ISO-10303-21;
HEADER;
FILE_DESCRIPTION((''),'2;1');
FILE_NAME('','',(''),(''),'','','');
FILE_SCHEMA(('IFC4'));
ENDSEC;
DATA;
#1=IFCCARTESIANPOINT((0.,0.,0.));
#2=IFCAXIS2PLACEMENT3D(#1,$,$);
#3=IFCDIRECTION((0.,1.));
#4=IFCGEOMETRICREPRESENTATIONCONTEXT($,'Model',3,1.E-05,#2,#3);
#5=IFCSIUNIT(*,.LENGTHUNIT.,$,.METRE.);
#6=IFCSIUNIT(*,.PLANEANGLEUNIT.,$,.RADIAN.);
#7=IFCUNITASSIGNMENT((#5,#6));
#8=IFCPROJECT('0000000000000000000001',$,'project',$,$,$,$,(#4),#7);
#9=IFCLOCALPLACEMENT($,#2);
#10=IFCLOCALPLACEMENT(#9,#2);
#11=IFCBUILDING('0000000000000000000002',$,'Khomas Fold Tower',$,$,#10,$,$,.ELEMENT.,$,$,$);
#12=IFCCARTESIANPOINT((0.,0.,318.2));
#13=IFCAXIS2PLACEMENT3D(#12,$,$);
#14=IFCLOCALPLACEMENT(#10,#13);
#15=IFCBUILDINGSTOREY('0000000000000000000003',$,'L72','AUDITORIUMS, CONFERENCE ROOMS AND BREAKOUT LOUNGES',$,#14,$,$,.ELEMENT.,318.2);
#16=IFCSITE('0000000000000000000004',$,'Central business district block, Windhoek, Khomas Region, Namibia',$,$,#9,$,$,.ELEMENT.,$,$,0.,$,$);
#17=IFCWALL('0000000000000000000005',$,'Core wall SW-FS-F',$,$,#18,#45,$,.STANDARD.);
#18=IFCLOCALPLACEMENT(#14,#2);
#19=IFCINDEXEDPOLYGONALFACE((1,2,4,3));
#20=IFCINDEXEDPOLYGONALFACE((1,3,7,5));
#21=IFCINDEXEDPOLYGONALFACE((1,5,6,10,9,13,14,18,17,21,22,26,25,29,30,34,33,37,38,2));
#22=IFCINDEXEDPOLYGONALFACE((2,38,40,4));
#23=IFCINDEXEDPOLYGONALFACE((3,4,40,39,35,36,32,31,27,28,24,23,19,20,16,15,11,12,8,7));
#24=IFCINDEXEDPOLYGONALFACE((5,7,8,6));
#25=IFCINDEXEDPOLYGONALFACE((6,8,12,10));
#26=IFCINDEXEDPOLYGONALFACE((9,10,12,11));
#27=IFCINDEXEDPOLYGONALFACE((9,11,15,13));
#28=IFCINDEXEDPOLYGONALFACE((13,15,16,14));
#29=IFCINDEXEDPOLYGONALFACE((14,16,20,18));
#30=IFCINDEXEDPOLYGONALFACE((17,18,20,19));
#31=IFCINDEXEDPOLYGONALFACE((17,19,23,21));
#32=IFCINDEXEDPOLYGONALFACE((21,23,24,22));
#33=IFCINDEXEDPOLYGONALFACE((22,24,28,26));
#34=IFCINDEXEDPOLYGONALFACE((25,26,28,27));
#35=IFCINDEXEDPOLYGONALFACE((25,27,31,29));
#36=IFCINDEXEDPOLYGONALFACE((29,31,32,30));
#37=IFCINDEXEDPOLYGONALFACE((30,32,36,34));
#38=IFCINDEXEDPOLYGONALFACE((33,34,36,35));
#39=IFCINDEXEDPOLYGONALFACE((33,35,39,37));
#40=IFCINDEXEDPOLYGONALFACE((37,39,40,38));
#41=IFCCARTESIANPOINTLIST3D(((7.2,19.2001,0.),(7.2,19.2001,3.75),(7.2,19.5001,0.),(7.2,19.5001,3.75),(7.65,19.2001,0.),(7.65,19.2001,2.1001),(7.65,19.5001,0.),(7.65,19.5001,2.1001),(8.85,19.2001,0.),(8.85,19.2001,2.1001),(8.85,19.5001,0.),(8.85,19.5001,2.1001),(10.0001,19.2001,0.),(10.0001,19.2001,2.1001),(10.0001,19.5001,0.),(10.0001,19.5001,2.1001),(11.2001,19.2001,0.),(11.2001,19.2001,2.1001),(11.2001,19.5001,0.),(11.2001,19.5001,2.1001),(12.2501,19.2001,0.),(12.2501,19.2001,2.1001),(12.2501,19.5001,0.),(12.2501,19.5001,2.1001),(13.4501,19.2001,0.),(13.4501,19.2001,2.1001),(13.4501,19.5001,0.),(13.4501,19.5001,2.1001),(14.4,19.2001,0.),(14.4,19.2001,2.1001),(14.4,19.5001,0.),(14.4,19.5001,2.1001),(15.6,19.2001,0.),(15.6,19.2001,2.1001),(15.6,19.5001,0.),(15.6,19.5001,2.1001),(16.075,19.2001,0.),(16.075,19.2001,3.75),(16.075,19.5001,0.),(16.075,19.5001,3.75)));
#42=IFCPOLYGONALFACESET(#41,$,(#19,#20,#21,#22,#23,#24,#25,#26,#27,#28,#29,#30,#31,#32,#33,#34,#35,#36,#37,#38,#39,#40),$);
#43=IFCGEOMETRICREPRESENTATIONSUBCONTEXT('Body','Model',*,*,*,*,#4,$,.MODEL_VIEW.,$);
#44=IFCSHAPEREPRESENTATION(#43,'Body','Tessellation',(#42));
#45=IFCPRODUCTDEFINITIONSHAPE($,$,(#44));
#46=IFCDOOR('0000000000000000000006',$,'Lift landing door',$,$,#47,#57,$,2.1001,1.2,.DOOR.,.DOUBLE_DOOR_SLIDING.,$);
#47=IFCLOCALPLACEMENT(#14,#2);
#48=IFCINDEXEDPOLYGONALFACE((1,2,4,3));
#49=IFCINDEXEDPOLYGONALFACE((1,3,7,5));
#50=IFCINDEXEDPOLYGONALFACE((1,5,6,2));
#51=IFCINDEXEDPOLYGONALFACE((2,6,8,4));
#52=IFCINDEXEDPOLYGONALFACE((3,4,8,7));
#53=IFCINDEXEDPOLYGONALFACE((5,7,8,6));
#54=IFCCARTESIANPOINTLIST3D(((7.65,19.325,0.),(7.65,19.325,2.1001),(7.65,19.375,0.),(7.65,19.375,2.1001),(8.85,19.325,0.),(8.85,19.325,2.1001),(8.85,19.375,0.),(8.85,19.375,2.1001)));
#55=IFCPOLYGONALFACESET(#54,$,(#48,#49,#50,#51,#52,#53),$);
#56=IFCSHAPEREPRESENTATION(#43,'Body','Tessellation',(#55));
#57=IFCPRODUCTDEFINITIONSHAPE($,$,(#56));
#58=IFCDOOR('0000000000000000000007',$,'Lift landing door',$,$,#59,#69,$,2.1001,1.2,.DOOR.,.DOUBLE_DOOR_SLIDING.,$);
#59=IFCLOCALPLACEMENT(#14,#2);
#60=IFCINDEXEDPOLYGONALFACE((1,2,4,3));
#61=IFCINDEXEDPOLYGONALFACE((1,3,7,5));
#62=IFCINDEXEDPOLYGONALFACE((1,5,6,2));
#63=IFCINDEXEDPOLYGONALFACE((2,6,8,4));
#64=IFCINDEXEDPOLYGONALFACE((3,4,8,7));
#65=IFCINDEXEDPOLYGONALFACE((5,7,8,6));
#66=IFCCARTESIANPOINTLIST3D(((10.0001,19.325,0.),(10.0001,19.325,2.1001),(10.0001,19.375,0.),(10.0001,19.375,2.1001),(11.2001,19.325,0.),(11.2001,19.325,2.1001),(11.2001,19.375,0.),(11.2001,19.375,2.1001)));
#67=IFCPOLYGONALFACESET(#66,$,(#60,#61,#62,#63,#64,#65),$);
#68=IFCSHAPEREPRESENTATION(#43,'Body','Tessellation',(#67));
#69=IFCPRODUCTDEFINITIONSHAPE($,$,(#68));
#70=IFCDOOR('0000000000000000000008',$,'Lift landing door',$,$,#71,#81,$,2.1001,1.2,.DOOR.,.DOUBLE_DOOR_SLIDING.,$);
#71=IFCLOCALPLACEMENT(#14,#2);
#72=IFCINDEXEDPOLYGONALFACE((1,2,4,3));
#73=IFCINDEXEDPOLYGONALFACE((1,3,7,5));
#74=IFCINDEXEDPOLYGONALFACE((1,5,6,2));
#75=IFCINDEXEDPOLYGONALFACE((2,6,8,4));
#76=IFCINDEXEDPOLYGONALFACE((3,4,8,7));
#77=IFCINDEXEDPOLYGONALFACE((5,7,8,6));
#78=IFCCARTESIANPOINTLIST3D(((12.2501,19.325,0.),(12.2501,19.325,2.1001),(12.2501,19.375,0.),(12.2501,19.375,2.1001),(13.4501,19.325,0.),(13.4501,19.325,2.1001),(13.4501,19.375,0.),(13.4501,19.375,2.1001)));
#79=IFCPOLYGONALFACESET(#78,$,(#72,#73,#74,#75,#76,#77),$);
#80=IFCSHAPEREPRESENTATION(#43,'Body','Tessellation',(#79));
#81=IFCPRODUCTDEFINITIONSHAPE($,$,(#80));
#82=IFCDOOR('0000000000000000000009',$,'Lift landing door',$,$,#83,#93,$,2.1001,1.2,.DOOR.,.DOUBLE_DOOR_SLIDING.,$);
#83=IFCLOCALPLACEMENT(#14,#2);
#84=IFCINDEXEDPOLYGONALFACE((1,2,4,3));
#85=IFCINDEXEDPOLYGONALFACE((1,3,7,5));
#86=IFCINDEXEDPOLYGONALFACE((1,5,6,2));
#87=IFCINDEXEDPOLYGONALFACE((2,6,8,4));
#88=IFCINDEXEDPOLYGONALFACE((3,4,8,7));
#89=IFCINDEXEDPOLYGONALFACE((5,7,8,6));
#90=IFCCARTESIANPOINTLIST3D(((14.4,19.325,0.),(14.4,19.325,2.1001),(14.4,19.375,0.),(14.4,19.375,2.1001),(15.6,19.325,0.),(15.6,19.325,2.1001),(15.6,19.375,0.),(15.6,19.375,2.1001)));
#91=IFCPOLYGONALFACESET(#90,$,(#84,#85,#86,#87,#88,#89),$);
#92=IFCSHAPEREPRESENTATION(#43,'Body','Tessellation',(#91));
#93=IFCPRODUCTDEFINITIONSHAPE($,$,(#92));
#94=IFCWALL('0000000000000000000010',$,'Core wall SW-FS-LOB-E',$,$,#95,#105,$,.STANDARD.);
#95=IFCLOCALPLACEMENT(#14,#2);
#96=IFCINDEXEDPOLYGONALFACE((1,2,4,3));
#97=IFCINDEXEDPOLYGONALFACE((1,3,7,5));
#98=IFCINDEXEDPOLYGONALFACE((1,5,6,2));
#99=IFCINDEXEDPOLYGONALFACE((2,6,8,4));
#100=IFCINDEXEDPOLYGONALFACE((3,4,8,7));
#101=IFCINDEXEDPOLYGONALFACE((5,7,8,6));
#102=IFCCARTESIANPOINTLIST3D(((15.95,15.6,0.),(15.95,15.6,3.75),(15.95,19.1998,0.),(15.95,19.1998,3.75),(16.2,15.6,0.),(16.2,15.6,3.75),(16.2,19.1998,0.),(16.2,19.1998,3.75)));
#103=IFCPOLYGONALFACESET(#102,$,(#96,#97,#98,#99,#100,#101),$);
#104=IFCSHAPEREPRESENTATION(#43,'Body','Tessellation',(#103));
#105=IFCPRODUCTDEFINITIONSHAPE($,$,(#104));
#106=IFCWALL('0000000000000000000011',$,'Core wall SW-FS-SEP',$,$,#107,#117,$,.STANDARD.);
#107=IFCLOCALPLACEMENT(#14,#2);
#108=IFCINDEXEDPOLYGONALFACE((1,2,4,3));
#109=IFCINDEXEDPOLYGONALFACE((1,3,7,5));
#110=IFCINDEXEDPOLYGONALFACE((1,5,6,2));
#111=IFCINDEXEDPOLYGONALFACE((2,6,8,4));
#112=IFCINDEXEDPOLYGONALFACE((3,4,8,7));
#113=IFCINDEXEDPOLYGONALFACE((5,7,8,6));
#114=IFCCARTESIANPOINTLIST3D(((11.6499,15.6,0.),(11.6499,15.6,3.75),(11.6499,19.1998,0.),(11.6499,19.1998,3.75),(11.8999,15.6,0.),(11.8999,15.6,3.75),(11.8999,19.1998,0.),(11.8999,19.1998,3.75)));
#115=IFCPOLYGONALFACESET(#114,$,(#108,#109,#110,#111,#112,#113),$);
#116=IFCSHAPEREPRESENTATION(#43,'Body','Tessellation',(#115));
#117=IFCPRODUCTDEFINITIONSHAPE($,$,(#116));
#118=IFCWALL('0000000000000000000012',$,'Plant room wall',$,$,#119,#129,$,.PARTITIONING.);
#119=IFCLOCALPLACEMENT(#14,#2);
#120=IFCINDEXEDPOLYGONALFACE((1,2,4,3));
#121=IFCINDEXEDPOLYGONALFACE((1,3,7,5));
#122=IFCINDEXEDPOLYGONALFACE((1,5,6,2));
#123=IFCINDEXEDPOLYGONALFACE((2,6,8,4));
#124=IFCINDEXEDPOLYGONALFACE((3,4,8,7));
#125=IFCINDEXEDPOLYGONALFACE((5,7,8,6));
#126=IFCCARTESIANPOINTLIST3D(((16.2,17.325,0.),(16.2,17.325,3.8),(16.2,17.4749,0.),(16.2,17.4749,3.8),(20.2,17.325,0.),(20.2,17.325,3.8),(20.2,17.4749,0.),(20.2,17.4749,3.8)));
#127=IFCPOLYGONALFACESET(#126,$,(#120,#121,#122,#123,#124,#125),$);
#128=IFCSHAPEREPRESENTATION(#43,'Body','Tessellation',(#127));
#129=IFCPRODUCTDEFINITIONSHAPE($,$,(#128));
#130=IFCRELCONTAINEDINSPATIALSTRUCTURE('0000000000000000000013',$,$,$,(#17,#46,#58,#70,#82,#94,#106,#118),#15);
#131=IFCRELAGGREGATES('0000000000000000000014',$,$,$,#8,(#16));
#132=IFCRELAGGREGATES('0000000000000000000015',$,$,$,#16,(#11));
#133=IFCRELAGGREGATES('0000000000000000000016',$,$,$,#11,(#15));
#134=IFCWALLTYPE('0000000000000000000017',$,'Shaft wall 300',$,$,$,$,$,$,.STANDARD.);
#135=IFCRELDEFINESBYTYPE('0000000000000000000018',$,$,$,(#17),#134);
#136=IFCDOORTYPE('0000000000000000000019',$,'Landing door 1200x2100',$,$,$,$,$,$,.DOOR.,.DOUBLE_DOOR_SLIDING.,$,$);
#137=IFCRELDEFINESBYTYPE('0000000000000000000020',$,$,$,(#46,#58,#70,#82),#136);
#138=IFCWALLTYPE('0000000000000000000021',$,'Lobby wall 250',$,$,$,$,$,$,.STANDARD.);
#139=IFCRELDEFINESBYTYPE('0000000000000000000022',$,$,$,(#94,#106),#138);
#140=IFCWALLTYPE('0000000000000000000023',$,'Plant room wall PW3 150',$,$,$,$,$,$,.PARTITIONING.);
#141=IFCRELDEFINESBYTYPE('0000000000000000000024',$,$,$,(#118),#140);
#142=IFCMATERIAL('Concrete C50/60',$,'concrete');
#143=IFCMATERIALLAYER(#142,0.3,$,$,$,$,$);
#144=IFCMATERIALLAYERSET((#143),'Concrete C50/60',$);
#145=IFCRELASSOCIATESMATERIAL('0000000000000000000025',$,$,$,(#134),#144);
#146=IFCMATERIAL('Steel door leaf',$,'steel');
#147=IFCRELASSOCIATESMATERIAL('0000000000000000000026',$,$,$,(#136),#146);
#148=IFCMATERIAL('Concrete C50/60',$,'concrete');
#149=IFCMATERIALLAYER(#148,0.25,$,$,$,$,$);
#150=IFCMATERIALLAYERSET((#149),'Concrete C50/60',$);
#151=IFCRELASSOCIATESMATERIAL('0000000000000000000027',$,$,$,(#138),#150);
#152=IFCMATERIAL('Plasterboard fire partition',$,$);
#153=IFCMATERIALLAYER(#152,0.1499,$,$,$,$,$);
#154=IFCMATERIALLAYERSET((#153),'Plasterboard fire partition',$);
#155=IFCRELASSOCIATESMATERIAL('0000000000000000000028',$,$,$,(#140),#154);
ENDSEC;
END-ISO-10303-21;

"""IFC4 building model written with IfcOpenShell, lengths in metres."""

from ifc_helpers import new_model, si_unit, direction, frame, frame_2d, origin, place, context, subcontext, project, spatial, rectangle, extrude, source, transform, mapped, material, layer, layer_set, type_object, element, fill, save


model = new_model("IFC4")

# Units and contexts
model_context = context("Model", 3, precision=1e-05, world=origin(), true_north=direction((0.0, 1.0)))
body_context = subcontext(model_context, "Body", "Model", "MODEL_VIEW")
ifc_project = project(units=[si_unit("LENGTHUNIT", "METRE"), si_unit("PLANEANGLEUNIT", "RADIAN")], contexts=[model_context])

# Site, building, storey
site_placement = place(None, origin())
site = spatial("IfcSite", under=ifc_project, at=site_placement, Name="Central business district block, Windhoek, Khomas Region, Namibia", CompositionType="ELEMENT", RefElevation=0.0)
building_placement = place(site_placement, origin())
building = spatial("IfcBuilding", under=site, at=building_placement, Name="Khomas Fold Tower", CompositionType="ELEMENT")
storey_placement = place(building_placement, frame((0.0, 0.0, 318.2)))
storey = spatial("IfcBuildingStorey", under=building, at=storey_placement, Name="L72", Description="AUDITORIUMS, CONFERENCE ROOMS AND BREAKOUT LOUNGES", CompositionType="ELEMENT", Elevation=318.2)

# Shared definitions
ifc_material_1 = material(Name="Concrete C50/60", Category="concrete")
ifc_layer_1 = layer(ifc_material_1, 0.3)
ifc_layer_set_1 = layer_set([ifc_layer_1], Name="Concrete C50/60")
wall_type_1 = type_object("IfcWallType", Name="Shaft wall 300", PredefinedType="STANDARD", material=ifc_layer_set_1)

# Wall, openings, doors
shared_shape_1 = source(origin(), body_context, "Body", "SweptSolid", [
    extrude(rectangle(XDim=8.875, YDim=0.3, at=frame_2d((4.4375, 0.0))), origin(), (0.0, 0.0, 1.0), 3.75),
])
wall_1_placement = place(storey_placement, frame((7.2, 19.3501, 0.0), z_axis=(0.0, 0.0, 1.0), x_axis=(1.0, 0.0, 0.0)))
wall_1 = element("IfcWall", 1, at=wall_1_placement, inside=storey, type_object=wall_type_1, Name="Core wall SW-FS-F", PredefinedType="STANDARD", context=body_context, shape_type="MappedRepresentation", body=[
    mapped(shared_shape_1, transform((0.0, 0.0, 0.0))),
])
shared_shape_2 = source(origin(), body_context, "Body", "SweptSolid", [
    extrude(rectangle(XDim=1.2, YDim=2.1001, at=frame_2d((0.6001, 1.05))), frame((0.0, 0.1599, 0.0), z_axis=(0.0, -1.0, 0.0), x_axis=(1.0, 0.0, 0.0)), (0.0, 0.0, 1.0), 0.3201),
])
opening_1_placement = place(wall_1_placement, frame((0.45, 0.0, 0.0)))
opening_1 = element("IfcOpeningElement", 2, at=opening_1_placement, cuts=wall_1, PredefinedType="OPENING", context=body_context, shape_type="MappedRepresentation", body=[
    mapped(shared_shape_2, transform((0.0, 0.0, 0.0))),
])
opening_2_placement = place(wall_1_placement, frame((2.8, 0.0, 0.0)))
opening_2 = element("IfcOpeningElement", 3, at=opening_2_placement, cuts=wall_1, PredefinedType="OPENING", context=body_context, shape_type="MappedRepresentation", body=[
    mapped(shared_shape_2, transform((0.0, 0.0, 0.0))),
])
opening_3_placement = place(wall_1_placement, frame((5.05, 0.0, 0.0)))
opening_3 = element("IfcOpeningElement", 4, at=opening_3_placement, cuts=wall_1, PredefinedType="OPENING", context=body_context, shape_type="MappedRepresentation", body=[
    mapped(shared_shape_2, transform((0.0, 0.0, 0.0))),
])
opening_4_placement = place(wall_1_placement, frame((7.2, 0.0, 0.0)))
opening_4 = element("IfcOpeningElement", 5, at=opening_4_placement, cuts=wall_1, PredefinedType="OPENING", context=body_context, shape_type="MappedRepresentation", body=[
    mapped(shared_shape_2, transform((0.0, 0.0, 0.0))),
])
ifc_material_2 = material(Name="Steel door leaf", Category="steel")
door_type_1 = type_object("IfcDoorType", Name="Landing door 1200x2100", OperationType="DOUBLE_DOOR_SLIDING", PredefinedType="DOOR", material=ifc_material_2)
shared_shape_3 = source(origin(), body_context, "Body", "SweptSolid", [
    extrude(rectangle(XDim=1.2, YDim=2.1001, at=frame_2d((0.6001, 1.05))), frame((0.0, 0.0249, 0.0), z_axis=(0.0, -1.0, 0.0), x_axis=(1.0, 0.0, 0.0)), (0.0, 0.0, 1.0), 0.05),
])
door_1_placement = place(opening_1_placement, origin())
door_1 = element("IfcDoor", 6, at=door_1_placement, inside=storey, type_object=door_type_1, Name="Lift landing door", OperationType="DOUBLE_DOOR_SLIDING", OverallHeight=2.1001, OverallWidth=1.2, PredefinedType="DOOR", context=body_context, shape_type="MappedRepresentation", body=[
    mapped(shared_shape_3, transform((0.0, 0.0, 0.0))),
])
fill(opening_1, door_1)
door_2_placement = place(opening_2_placement, origin())
door_2 = element("IfcDoor", 7, at=door_2_placement, inside=storey, type_object=door_type_1, Name="Lift landing door", OperationType="DOUBLE_DOOR_SLIDING", OverallHeight=2.1001, OverallWidth=1.2, PredefinedType="DOOR", context=body_context, shape_type="MappedRepresentation", body=[
    mapped(shared_shape_3, transform((0.0, 0.0, 0.0))),
])
fill(opening_2, door_2)
door_3_placement = place(opening_3_placement, origin())
door_3 = element("IfcDoor", 8, at=door_3_placement, inside=storey, type_object=door_type_1, Name="Lift landing door", OperationType="DOUBLE_DOOR_SLIDING", OverallHeight=2.1001, OverallWidth=1.2, PredefinedType="DOOR", context=body_context, shape_type="MappedRepresentation", body=[
    mapped(shared_shape_3, transform((0.0, 0.0, 0.0))),
])
fill(opening_3, door_3)
door_4_placement = place(opening_4_placement, origin())
door_4 = element("IfcDoor", 9, at=door_4_placement, inside=storey, type_object=door_type_1, Name="Lift landing door", OperationType="DOUBLE_DOOR_SLIDING", OverallHeight=2.1001, OverallWidth=1.2, PredefinedType="DOOR", context=body_context, shape_type="MappedRepresentation", body=[
    mapped(shared_shape_3, transform((0.0, 0.0, 0.0))),
])
fill(opening_4, door_4)

# Walls
ifc_material_3 = material(Name="Concrete C50/60", Category="concrete")
ifc_layer_2 = layer(ifc_material_3, 0.25)
ifc_layer_set_2 = layer_set([ifc_layer_2], Name="Concrete C50/60")
wall_type_2 = type_object("IfcWallType", Name="Lobby wall 250", PredefinedType="STANDARD", material=ifc_layer_set_2)
shared_shape_4 = source(origin(), body_context, "Body", "SweptSolid", [
    extrude(rectangle(XDim=3.5999, YDim=0.25, at=frame_2d((1.7998, 0.0))), origin(), (0.0, 0.0, 1.0), 3.75),
])
for number, where, z_axis, x_axis, name in (
    (10, (16.075, 15.6001, 0.0), (0.0, 0.0, 1.0), (0.0, 1.0, 0.0), "Core wall SW-FS-LOB-E"),
    (11, (11.7749, 15.6001, 0.0), (0.0, 0.0, 1.0), (0.0, 1.0, 0.0), "Core wall SW-FS-SEP"),
):
    element("IfcWall", number, at=place(storey_placement, frame(where, z_axis=z_axis, x_axis=x_axis)), inside=storey, type_object=wall_type_2, Name=name, PredefinedType="STANDARD", context=body_context, shape_type="MappedRepresentation", body=[
        mapped(shared_shape_4, transform((0.0, 0.0, 0.0))),
    ])
ifc_material_4 = material(Name="Plasterboard fire partition")
ifc_layer_3 = layer(ifc_material_4, 0.1499)
ifc_layer_set_3 = layer_set([ifc_layer_3], Name="Plasterboard fire partition")
wall_type_3 = type_object("IfcWallType", Name="Plant room wall PW3 150", PredefinedType="PARTITIONING", material=ifc_layer_set_3)
shared_shape_5 = source(origin(), body_context, "Body", "SweptSolid", [
    extrude(rectangle(XDim=4.0, YDim=0.1499, at=frame_2d((2.0, 0.0))), origin(), (0.0, 0.0, 1.0), 3.8),
])
wall_2_placement = place(storey_placement, frame((16.2, 17.3999, 0.0), z_axis=(0.0, 0.0, 1.0), x_axis=(1.0, 0.0, 0.0)))
element("IfcWall", 12, at=wall_2_placement, inside=storey, type_object=wall_type_3, Name="Plant room wall", PredefinedType="PARTITIONING", context=body_context, shape_type="MappedRepresentation", body=[
    mapped(shared_shape_5, transform((0.0, 0.0, 0.0))),
])

save(model, "model.ifc")
